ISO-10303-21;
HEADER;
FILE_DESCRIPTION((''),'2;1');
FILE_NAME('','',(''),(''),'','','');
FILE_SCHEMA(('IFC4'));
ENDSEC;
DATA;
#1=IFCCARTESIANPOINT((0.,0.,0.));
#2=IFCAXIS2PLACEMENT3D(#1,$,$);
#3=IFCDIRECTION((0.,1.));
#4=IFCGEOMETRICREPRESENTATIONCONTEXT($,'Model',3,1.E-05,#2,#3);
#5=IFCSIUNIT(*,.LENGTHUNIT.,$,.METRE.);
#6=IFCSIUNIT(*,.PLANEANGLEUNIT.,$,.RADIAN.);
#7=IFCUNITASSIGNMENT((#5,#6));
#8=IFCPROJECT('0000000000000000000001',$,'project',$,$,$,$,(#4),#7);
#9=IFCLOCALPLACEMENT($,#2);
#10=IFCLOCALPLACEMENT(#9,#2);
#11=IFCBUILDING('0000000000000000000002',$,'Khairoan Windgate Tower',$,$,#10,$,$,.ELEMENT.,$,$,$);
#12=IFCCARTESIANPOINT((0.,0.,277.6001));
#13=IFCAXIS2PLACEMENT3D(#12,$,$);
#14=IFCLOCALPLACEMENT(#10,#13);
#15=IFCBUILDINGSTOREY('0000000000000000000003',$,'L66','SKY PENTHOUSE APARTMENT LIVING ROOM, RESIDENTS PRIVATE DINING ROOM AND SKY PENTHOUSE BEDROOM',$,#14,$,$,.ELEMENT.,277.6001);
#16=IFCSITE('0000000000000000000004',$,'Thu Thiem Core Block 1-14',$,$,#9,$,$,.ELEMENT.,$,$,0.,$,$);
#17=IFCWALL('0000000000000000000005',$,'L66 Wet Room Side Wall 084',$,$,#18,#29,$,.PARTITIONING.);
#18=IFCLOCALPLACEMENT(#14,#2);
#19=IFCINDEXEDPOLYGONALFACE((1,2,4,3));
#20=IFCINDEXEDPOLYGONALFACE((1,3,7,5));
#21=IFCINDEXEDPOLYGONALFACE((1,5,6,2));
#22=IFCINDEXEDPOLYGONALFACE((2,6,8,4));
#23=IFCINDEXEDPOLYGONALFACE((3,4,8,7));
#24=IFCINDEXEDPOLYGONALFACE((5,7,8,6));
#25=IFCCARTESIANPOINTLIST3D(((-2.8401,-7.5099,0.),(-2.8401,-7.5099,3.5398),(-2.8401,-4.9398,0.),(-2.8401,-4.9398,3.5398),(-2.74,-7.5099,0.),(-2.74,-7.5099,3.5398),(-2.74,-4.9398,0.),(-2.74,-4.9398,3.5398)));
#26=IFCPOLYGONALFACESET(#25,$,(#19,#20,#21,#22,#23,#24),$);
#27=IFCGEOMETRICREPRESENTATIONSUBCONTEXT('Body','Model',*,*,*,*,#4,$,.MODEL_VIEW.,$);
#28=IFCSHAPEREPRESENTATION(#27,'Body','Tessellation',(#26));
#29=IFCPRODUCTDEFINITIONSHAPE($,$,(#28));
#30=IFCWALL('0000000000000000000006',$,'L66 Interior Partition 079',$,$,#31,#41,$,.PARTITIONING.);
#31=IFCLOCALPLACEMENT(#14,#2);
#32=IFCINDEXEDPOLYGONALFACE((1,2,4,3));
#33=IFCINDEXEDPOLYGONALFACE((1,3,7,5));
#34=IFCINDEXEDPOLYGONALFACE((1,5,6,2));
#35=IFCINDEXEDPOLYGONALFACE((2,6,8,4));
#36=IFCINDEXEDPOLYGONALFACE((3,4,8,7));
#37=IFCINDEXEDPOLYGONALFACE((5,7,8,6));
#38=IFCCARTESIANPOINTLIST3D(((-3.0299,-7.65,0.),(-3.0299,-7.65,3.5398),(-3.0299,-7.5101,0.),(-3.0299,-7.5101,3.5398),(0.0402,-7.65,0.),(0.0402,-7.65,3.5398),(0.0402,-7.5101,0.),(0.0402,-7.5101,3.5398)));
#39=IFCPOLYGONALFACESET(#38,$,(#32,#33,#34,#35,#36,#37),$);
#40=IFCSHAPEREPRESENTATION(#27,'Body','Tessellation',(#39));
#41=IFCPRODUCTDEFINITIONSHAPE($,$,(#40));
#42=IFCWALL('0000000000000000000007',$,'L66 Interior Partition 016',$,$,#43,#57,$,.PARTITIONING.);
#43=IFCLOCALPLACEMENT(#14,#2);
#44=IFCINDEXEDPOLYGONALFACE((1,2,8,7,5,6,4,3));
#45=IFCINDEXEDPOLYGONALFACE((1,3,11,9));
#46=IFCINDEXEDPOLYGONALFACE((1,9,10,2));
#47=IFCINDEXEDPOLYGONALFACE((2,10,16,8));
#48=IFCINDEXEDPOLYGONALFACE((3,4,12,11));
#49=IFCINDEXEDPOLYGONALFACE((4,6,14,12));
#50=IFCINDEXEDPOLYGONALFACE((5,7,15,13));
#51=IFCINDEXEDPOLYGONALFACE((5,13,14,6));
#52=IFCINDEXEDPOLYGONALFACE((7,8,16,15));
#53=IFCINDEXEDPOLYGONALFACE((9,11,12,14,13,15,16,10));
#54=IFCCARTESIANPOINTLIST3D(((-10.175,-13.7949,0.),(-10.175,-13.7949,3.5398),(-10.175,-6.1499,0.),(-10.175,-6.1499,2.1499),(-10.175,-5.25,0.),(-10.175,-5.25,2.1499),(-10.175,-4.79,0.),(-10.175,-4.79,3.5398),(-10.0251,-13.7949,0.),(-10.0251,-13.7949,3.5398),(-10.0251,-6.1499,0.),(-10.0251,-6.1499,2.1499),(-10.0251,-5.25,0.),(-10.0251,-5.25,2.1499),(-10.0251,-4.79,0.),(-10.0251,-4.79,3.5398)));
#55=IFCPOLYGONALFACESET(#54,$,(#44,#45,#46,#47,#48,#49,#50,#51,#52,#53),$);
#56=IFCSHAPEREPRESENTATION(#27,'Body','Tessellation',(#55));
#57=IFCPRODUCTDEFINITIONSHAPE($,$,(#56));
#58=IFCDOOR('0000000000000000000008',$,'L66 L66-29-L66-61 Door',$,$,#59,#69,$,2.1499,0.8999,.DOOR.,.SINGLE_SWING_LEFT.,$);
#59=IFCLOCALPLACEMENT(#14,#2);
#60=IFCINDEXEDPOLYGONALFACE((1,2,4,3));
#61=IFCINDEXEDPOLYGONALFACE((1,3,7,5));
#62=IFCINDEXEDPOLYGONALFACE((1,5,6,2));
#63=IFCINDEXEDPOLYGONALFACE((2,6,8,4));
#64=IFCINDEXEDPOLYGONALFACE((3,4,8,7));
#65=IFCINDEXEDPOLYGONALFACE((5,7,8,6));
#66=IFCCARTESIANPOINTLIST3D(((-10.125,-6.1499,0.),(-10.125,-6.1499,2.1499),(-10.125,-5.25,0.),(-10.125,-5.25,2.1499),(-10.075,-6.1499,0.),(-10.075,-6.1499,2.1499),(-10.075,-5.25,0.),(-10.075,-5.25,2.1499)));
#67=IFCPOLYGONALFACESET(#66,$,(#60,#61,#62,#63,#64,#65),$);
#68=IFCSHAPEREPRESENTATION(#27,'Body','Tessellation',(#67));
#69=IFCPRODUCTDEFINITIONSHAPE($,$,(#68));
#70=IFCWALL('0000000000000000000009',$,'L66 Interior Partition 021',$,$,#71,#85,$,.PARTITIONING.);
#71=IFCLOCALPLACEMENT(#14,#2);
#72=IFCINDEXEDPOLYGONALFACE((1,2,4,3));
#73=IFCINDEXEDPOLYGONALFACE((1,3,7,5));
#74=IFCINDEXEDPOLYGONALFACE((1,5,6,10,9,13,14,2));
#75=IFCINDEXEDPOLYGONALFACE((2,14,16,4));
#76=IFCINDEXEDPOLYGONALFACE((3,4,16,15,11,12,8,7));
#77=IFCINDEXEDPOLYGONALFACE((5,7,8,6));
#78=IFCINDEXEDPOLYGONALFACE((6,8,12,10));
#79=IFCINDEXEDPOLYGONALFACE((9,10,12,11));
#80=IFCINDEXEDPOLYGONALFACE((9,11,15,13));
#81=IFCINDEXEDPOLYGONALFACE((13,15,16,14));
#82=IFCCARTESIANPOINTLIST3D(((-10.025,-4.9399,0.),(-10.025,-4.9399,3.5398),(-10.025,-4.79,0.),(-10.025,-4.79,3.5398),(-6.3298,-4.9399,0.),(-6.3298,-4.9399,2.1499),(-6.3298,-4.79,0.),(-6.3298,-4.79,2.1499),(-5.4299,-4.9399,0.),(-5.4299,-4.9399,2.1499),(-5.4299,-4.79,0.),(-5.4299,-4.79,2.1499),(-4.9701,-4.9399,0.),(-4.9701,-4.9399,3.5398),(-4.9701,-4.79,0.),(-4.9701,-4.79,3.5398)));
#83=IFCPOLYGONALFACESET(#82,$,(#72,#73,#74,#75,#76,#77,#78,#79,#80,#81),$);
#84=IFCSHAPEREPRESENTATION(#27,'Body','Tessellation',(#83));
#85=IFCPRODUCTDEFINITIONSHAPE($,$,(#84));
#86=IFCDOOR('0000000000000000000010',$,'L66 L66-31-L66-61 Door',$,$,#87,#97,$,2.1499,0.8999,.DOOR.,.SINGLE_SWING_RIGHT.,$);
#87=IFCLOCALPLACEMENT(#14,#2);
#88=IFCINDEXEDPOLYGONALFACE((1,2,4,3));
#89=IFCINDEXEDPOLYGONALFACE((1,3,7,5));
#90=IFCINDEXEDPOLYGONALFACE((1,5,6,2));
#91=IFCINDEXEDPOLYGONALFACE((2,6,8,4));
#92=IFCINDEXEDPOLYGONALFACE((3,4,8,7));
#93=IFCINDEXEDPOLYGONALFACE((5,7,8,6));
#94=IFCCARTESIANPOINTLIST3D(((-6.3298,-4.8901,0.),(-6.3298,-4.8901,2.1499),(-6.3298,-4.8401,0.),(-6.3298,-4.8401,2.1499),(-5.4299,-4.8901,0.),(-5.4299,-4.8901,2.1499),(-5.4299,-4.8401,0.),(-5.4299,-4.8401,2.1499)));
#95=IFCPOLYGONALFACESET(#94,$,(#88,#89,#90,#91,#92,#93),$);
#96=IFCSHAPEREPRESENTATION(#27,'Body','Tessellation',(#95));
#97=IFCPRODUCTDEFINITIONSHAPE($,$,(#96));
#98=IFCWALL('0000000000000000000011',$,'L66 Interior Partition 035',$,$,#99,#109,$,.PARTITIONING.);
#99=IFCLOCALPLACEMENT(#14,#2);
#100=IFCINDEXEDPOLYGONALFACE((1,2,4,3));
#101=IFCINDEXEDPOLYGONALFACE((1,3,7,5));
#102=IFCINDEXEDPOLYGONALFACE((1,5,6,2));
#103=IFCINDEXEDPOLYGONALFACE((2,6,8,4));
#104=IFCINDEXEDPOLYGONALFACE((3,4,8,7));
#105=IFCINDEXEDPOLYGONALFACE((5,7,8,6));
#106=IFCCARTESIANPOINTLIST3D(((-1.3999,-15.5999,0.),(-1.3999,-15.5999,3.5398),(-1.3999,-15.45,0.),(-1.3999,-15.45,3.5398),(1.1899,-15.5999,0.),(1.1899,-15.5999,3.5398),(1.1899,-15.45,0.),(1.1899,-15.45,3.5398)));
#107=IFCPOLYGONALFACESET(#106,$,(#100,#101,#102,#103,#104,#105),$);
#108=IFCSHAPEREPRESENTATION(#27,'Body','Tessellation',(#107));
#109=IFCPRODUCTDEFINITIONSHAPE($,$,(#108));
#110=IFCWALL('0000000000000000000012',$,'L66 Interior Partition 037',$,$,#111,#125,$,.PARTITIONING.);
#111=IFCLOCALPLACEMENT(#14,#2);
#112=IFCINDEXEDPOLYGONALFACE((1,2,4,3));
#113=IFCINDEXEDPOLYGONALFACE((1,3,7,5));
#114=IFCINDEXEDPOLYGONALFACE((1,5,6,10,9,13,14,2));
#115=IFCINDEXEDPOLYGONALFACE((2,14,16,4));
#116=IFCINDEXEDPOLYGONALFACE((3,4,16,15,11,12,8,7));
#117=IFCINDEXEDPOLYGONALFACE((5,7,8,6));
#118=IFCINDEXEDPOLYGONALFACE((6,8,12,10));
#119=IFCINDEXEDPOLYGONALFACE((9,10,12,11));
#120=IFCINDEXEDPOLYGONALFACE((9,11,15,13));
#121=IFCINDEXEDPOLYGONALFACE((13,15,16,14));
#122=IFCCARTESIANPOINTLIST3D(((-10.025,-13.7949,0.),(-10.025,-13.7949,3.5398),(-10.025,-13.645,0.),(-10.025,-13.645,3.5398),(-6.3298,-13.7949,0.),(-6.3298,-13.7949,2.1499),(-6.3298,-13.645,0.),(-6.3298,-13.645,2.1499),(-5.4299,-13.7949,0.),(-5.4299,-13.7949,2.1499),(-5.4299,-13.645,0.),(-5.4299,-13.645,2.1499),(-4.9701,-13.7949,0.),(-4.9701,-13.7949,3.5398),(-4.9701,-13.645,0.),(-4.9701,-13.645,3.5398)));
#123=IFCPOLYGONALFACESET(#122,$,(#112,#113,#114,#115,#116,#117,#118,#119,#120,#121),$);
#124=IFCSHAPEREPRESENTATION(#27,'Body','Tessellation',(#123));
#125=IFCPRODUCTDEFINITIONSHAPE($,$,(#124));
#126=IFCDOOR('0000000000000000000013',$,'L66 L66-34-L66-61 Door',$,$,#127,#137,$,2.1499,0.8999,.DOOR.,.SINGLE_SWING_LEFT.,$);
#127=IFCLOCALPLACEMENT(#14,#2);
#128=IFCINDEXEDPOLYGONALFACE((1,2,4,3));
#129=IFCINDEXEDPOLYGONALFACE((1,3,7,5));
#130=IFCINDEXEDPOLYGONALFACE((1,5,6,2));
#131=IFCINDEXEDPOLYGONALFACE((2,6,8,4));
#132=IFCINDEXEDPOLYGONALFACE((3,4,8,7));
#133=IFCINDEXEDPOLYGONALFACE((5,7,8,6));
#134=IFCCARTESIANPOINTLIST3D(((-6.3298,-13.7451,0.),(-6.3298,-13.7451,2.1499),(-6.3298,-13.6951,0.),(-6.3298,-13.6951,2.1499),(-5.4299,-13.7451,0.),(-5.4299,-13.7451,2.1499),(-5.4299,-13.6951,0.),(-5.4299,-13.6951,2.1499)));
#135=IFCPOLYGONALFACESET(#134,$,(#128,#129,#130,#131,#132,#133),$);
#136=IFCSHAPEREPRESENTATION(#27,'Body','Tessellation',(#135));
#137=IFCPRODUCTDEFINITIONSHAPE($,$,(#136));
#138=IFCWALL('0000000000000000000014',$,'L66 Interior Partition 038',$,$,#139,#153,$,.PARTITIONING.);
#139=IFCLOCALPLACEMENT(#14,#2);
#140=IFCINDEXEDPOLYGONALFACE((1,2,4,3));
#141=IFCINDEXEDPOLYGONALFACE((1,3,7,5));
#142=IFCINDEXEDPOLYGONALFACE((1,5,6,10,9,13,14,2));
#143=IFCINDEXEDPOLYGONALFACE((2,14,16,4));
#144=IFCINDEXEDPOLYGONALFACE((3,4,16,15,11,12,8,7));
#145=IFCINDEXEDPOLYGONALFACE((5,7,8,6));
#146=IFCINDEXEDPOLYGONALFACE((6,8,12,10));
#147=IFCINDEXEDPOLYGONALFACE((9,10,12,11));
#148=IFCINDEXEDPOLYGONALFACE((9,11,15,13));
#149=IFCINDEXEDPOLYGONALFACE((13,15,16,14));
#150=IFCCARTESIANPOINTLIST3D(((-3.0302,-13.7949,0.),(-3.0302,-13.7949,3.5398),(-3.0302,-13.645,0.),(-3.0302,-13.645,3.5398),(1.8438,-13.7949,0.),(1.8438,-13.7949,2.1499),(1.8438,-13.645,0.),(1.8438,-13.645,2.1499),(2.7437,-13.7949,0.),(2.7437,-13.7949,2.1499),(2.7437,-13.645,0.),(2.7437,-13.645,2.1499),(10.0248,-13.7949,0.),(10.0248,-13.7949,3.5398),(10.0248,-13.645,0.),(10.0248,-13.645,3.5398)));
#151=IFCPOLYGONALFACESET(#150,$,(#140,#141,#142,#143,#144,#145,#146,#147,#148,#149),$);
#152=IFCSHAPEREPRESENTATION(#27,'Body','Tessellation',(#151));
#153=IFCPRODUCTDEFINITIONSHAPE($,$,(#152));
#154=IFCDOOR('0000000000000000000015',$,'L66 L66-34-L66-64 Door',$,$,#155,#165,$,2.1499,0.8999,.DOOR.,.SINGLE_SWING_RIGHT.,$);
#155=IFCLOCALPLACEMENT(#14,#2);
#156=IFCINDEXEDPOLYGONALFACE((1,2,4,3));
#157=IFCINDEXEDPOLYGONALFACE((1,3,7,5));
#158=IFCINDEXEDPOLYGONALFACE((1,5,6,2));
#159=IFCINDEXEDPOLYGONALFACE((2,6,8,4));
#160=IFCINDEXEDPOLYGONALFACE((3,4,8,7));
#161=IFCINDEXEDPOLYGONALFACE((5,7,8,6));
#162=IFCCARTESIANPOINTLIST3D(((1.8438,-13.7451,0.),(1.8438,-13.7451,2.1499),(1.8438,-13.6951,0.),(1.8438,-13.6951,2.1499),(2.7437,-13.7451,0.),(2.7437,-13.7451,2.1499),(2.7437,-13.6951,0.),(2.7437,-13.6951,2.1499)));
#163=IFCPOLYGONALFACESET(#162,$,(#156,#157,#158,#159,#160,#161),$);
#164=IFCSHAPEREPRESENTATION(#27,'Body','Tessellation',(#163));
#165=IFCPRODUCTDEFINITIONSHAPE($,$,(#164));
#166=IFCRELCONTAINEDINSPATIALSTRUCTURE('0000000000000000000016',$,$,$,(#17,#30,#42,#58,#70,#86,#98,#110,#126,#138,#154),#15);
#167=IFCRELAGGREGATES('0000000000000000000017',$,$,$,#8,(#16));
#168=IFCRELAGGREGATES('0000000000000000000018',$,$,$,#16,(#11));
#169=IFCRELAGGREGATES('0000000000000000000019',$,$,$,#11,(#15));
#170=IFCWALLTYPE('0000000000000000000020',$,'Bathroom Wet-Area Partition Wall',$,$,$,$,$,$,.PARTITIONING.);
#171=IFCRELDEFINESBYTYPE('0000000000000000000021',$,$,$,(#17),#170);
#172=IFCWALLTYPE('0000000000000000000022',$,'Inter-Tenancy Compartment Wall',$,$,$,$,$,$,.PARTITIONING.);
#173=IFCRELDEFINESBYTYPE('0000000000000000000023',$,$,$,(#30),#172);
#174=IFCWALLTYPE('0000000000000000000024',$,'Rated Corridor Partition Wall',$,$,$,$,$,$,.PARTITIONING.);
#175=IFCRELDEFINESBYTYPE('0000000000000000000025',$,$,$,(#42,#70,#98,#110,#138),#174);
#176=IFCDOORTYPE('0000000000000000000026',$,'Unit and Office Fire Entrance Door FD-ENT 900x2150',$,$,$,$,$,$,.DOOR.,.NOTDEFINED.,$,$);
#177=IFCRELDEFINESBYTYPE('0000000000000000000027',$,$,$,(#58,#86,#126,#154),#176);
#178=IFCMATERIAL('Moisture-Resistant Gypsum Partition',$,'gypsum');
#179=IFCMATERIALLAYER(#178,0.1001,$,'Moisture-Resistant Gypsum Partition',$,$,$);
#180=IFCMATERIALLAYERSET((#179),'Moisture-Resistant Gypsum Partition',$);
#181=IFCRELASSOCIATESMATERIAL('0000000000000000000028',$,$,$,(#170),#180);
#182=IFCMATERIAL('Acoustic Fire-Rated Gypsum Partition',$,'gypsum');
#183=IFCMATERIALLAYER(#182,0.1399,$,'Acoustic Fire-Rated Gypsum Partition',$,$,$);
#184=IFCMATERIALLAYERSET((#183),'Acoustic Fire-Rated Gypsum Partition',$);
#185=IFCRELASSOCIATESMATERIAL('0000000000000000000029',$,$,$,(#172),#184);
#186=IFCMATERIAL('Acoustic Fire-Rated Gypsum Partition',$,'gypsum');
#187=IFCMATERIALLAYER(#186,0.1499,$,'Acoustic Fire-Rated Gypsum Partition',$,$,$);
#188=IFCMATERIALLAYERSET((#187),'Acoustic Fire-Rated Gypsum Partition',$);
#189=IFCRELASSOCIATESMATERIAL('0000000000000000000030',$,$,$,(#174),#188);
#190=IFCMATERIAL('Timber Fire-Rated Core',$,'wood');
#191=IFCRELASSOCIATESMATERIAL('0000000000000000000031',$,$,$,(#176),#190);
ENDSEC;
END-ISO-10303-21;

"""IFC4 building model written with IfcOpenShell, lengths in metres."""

from ifc_helpers import new_model, si_unit, direction, frame, frame_2d, origin, place, context, subcontext, project, spatial, rectangle, extrude, material, layer, layer_set, type_object, element, fill, save


model = new_model("IFC4")

# Units and contexts
model_context = context("Model", 3, precision=1e-05, world=origin(), true_north=direction((0.0, 1.0)))
body_context = subcontext(model_context, "Body", "Model", "MODEL_VIEW")
ifc_project = project(units=[si_unit("LENGTHUNIT", "METRE"), si_unit("PLANEANGLEUNIT", "RADIAN")], contexts=[model_context])

# Site, building, storey
site_placement = place(None, origin())
site = spatial("IfcSite", under=ifc_project, at=site_placement, Name="Thu Thiem Core Block 1-14", CompositionType="ELEMENT", RefElevation=0.0)
building_placement = place(site_placement, origin())
building = spatial("IfcBuilding", under=site, at=building_placement, Name="Khairoan Windgate Tower", CompositionType="ELEMENT")
storey_placement = place(building_placement, frame((0.0, 0.0, 277.6001)))
storey = spatial("IfcBuildingStorey", under=building, at=storey_placement, Name="L66", Description="SKY PENTHOUSE APARTMENT LIVING ROOM, RESIDENTS PRIVATE DINING ROOM AND SKY PENTHOUSE BEDROOM", CompositionType="ELEMENT", Elevation=277.6001)

# Walls
ifc_material_1 = material(Name="Moisture-Resistant Gypsum Partition", Category="gypsum")
ifc_layer_1 = layer(ifc_material_1, 0.1001, Name="Moisture-Resistant Gypsum Partition")
ifc_layer_set_1 = layer_set([ifc_layer_1], Name="Moisture-Resistant Gypsum Partition")
wall_type_1 = type_object("IfcWallType", Name="Bathroom Wet-Area Partition Wall", PredefinedType="PARTITIONING", material=ifc_layer_set_1)
for number, where, z_axis, x_axis, name in (
    (1, (-2.79, -7.51, 0.0), (0.0, 0.0, 1.0), (0.0, 1.0, 0.0), "L66 Wet Room Side Wall 084"),
):
    element("IfcWall", number, at=place(storey_placement, frame(where, z_axis=z_axis, x_axis=x_axis)), inside=storey, type_object=wall_type_1, Name=name, PredefinedType="PARTITIONING", context=body_context, shape_type="SweptSolid", body=[
        extrude(rectangle(XDim=2.5701, YDim=0.1001, at=frame_2d((1.2852, 0.0))), origin(), (0.0, 0.0, 1.0), 3.5398),
    ])
ifc_material_2 = material(Name="Acoustic Fire-Rated Gypsum Partition", Category="gypsum")
ifc_layer_2 = layer(ifc_material_2, 0.1399, Name="Acoustic Fire-Rated Gypsum Partition")
ifc_layer_set_2 = layer_set([ifc_layer_2], Name="Acoustic Fire-Rated Gypsum Partition")
wall_type_2 = type_object("IfcWallType", Name="Inter-Tenancy Compartment Wall", PredefinedType="PARTITIONING", material=ifc_layer_set_2)
wall_1_placement = place(storey_placement, frame((-3.03, -7.5801, 0.0), z_axis=(0.0, 0.0, 1.0), x_axis=(1.0, 0.0, 0.0)))
element("IfcWall", 2, at=wall_1_placement, inside=storey, type_object=wall_type_2, Name="L66 Interior Partition 079", PredefinedType="PARTITIONING", context=body_context, shape_type="SweptSolid", body=[
    extrude(rectangle(XDim=3.0701, YDim=0.1399, at=frame_2d((1.5352, 0.0))), origin(), (0.0, 0.0, 1.0), 3.5398),
])

# Walls, openings, doors
ifc_material_3 = material(Name="Acoustic Fire-Rated Gypsum Partition", Category="gypsum")
ifc_layer_3 = layer(ifc_material_3, 0.1499, Name="Acoustic Fire-Rated Gypsum Partition")
ifc_layer_set_3 = layer_set([ifc_layer_3], Name="Acoustic Fire-Rated Gypsum Partition")
wall_type_3 = type_object("IfcWallType", Name="Rated Corridor Partition Wall", PredefinedType="PARTITIONING", material=ifc_layer_set_3)
wall_2_placement = place(storey_placement, frame((-10.1001, -13.7949, 0.0), z_axis=(0.0, 0.0, 1.0), x_axis=(0.0, 1.0, 0.0)))
wall_2 = element("IfcWall", 3, at=wall_2_placement, inside=storey, type_object=wall_type_3, Name="L66 Interior Partition 016", PredefinedType="PARTITIONING", context=body_context, shape_type="SweptSolid", body=[
    extrude(rectangle(XDim=9.0049, YDim=0.1499, at=frame_2d((4.5024, 0.0))), origin(), (0.0, 0.0, 1.0), 3.5398),
])
opening_1_placement = place(wall_2_placement, frame((7.645, 0.0, 0.0)))
opening_1 = element("IfcOpeningElement", 4, at=opening_1_placement, cuts=wall_2, PredefinedType="OPENING", context=body_context, shape_type="SweptSolid", body=[
    extrude(rectangle(XDim=0.8999, YDim=2.1499, at=frame_2d((0.45, 1.075))), frame((0.0, 0.085, 0.0), z_axis=(0.0, -1.0, 0.0), x_axis=(1.0, 0.0, 0.0)), (0.0, 0.0, 1.0), 0.1699),
])
ifc_material_4 = material(Name="Timber Fire-Rated Core", Category="wood")
door_type_1 = type_object("IfcDoorType", Name="Unit and Office Fire Entrance Door FD-ENT 900x2150", OperationType="NOTDEFINED", PredefinedType="DOOR", material=ifc_material_4)
door_1_placement = place(opening_1_placement, origin())
door_1 = element("IfcDoor", 5, at=door_1_placement, inside=storey, type_object=door_type_1, Name="L66 L66-29-L66-61 Door", OperationType="SINGLE_SWING_LEFT", OverallHeight=2.1499, OverallWidth=0.8999, PredefinedType="DOOR", context=body_context, shape_type="SweptSolid", body=[
    extrude(rectangle(XDim=0.8999, YDim=2.1499, at=frame_2d((0.45, 1.075))), frame((0.0, 0.0249, 0.0), z_axis=(0.0, -1.0, 0.0), x_axis=(1.0, 0.0, 0.0)), (0.0, 0.0, 1.0), 0.05),
])
fill(opening_1, door_1)
wall_3_placement = place(storey_placement, frame((-10.0249, -4.865, 0.0), z_axis=(0.0, 0.0, 1.0), x_axis=(1.0, 0.0, 0.0)))
wall_3 = element("IfcWall", 6, at=wall_3_placement, inside=storey, type_object=wall_type_3, Name="L66 Interior Partition 021", PredefinedType="PARTITIONING", context=body_context, shape_type="SweptSolid", body=[
    extrude(rectangle(XDim=5.0549, YDim=0.1499, at=frame_2d((2.5273, 0.0))), origin(), (0.0, 0.0, 1.0), 3.5398),
])
opening_2_placement = place(wall_3_placement, frame((3.6951, 0.0, 0.0)))
opening_2 = element("IfcOpeningElement", 7, at=opening_2_placement, cuts=wall_3, PredefinedType="OPENING", context=body_context, shape_type="SweptSolid", body=[
    extrude(rectangle(XDim=0.8999, YDim=2.1499, at=frame_2d((0.45, 1.075))), frame((0.0, 0.085, 0.0), z_axis=(0.0, -1.0, 0.0), x_axis=(1.0, 0.0, 0.0)), (0.0, 0.0, 1.0), 0.1699),
])
door_2_placement = place(opening_2_placement, origin())
door_2 = element("IfcDoor", 8, at=door_2_placement, inside=storey, type_object=door_type_1, Name="L66 L66-31-L66-61 Door", OperationType="SINGLE_SWING_RIGHT", OverallHeight=2.1499, OverallWidth=0.8999, PredefinedType="DOOR", context=body_context, shape_type="SweptSolid", body=[
    extrude(rectangle(XDim=0.8999, YDim=2.1499, at=frame_2d((0.45, 1.075))), frame((0.0, 0.0249, 0.0), z_axis=(0.0, -1.0, 0.0), x_axis=(1.0, 0.0, 0.0)), (0.0, 0.0, 1.0), 0.05),
])
fill(opening_2, door_2)

# Wall
wall_4_placement = place(storey_placement, frame((-1.3999, -15.5249, 0.0), z_axis=(0.0, 0.0, 1.0), x_axis=(1.0, 0.0, 0.0)))
element("IfcWall", 9, at=wall_4_placement, inside=storey, type_object=wall_type_3, Name="L66 Interior Partition 035", PredefinedType="PARTITIONING", context=body_context, shape_type="SweptSolid", body=[
    extrude(rectangle(XDim=2.5898, YDim=0.1499, at=frame_2d((1.2949, 0.0))), origin(), (0.0, 0.0, 1.0), 3.5398),
])

# Walls, openings, doors
wall_5_placement = place(storey_placement, frame((-10.0249, -13.72, 0.0), z_axis=(0.0, 0.0, 1.0), x_axis=(1.0, 0.0, 0.0)))
wall_5 = element("IfcWall", 10, at=wall_5_placement, inside=storey, type_object=wall_type_3, Name="L66 Interior Partition 037", PredefinedType="PARTITIONING", context=body_context, shape_type="SweptSolid", body=[
    extrude(rectangle(XDim=5.0549, YDim=0.1499, at=frame_2d((2.5273, 0.0))), origin(), (0.0, 0.0, 1.0), 3.5398),
])
opening_3_placement = place(wall_5_placement, frame((3.6951, 0.0, 0.0)))
opening_3 = element("IfcOpeningElement", 11, at=opening_3_placement, cuts=wall_5, PredefinedType="OPENING", context=body_context, shape_type="SweptSolid", body=[
    extrude(rectangle(XDim=0.8999, YDim=2.1499, at=frame_2d((0.45, 1.075))), frame((0.0, 0.085, 0.0), z_axis=(0.0, -1.0, 0.0), x_axis=(1.0, 0.0, 0.0)), (0.0, 0.0, 1.0), 0.1699),
])
door_3_placement = place(opening_3_placement, origin())
door_3 = element("IfcDoor", 12, at=door_3_placement, inside=storey, type_object=door_type_1, Name="L66 L66-34-L66-61 Door", OperationType="SINGLE_SWING_LEFT", OverallHeight=2.1499, OverallWidth=0.8999, PredefinedType="DOOR", context=body_context, shape_type="SweptSolid", body=[
    extrude(rectangle(XDim=0.8999, YDim=2.1499, at=frame_2d((0.45, 1.075))), frame((0.0, 0.0249, 0.0), z_axis=(0.0, -1.0, 0.0), x_axis=(1.0, 0.0, 0.0)), (0.0, 0.0, 1.0), 0.05),
])
fill(opening_3, door_3)
wall_6_placement = place(storey_placement, frame((-3.03, -13.72, 0.0), z_axis=(0.0, 0.0, 1.0), x_axis=(1.0, 0.0, 0.0)))
wall_6 = element("IfcWall", 13, at=wall_6_placement, inside=storey, type_object=wall_type_3, Name="L66 Interior Partition 038", PredefinedType="PARTITIONING", context=body_context, shape_type="SweptSolid", body=[
    extrude(rectangle(XDim=13.0549, YDim=0.1499, at=frame_2d((6.5273, 0.0))), origin(), (0.0, 0.0, 1.0), 3.5398),
])
opening_4_placement = place(wall_6_placement, frame((4.8738, 0.0, 0.0)))
opening_4 = element("IfcOpeningElement", 14, at=opening_4_placement, cuts=wall_6, PredefinedType="OPENING", context=body_context, shape_type="SweptSolid", body=[
    extrude(rectangle(XDim=0.8999, YDim=2.1499, at=frame_2d((0.45, 1.075))), frame((0.0, 0.085, 0.0), z_axis=(0.0, -1.0, 0.0), x_axis=(1.0, 0.0, 0.0)), (0.0, 0.0, 1.0), 0.1699),
])
door_4_placement = place(opening_4_placement, origin())
door_4 = element("IfcDoor", 15, at=door_4_placement, inside=storey, type_object=door_type_1, Name="L66 L66-34-L66-64 Door", OperationType="SINGLE_SWING_RIGHT", OverallHeight=2.1499, OverallWidth=0.8999, PredefinedType="DOOR", context=body_context, shape_type="SweptSolid", body=[
    extrude(rectangle(XDim=0.8999, YDim=2.1499, at=frame_2d((0.45, 1.075))), frame((0.0, 0.0249, 0.0), z_axis=(0.0, -1.0, 0.0), x_axis=(1.0, 0.0, 0.0)), (0.0, 0.0, 1.0), 0.05),
])
fill(opening_4, door_4)

save(model, "model.ifc")
